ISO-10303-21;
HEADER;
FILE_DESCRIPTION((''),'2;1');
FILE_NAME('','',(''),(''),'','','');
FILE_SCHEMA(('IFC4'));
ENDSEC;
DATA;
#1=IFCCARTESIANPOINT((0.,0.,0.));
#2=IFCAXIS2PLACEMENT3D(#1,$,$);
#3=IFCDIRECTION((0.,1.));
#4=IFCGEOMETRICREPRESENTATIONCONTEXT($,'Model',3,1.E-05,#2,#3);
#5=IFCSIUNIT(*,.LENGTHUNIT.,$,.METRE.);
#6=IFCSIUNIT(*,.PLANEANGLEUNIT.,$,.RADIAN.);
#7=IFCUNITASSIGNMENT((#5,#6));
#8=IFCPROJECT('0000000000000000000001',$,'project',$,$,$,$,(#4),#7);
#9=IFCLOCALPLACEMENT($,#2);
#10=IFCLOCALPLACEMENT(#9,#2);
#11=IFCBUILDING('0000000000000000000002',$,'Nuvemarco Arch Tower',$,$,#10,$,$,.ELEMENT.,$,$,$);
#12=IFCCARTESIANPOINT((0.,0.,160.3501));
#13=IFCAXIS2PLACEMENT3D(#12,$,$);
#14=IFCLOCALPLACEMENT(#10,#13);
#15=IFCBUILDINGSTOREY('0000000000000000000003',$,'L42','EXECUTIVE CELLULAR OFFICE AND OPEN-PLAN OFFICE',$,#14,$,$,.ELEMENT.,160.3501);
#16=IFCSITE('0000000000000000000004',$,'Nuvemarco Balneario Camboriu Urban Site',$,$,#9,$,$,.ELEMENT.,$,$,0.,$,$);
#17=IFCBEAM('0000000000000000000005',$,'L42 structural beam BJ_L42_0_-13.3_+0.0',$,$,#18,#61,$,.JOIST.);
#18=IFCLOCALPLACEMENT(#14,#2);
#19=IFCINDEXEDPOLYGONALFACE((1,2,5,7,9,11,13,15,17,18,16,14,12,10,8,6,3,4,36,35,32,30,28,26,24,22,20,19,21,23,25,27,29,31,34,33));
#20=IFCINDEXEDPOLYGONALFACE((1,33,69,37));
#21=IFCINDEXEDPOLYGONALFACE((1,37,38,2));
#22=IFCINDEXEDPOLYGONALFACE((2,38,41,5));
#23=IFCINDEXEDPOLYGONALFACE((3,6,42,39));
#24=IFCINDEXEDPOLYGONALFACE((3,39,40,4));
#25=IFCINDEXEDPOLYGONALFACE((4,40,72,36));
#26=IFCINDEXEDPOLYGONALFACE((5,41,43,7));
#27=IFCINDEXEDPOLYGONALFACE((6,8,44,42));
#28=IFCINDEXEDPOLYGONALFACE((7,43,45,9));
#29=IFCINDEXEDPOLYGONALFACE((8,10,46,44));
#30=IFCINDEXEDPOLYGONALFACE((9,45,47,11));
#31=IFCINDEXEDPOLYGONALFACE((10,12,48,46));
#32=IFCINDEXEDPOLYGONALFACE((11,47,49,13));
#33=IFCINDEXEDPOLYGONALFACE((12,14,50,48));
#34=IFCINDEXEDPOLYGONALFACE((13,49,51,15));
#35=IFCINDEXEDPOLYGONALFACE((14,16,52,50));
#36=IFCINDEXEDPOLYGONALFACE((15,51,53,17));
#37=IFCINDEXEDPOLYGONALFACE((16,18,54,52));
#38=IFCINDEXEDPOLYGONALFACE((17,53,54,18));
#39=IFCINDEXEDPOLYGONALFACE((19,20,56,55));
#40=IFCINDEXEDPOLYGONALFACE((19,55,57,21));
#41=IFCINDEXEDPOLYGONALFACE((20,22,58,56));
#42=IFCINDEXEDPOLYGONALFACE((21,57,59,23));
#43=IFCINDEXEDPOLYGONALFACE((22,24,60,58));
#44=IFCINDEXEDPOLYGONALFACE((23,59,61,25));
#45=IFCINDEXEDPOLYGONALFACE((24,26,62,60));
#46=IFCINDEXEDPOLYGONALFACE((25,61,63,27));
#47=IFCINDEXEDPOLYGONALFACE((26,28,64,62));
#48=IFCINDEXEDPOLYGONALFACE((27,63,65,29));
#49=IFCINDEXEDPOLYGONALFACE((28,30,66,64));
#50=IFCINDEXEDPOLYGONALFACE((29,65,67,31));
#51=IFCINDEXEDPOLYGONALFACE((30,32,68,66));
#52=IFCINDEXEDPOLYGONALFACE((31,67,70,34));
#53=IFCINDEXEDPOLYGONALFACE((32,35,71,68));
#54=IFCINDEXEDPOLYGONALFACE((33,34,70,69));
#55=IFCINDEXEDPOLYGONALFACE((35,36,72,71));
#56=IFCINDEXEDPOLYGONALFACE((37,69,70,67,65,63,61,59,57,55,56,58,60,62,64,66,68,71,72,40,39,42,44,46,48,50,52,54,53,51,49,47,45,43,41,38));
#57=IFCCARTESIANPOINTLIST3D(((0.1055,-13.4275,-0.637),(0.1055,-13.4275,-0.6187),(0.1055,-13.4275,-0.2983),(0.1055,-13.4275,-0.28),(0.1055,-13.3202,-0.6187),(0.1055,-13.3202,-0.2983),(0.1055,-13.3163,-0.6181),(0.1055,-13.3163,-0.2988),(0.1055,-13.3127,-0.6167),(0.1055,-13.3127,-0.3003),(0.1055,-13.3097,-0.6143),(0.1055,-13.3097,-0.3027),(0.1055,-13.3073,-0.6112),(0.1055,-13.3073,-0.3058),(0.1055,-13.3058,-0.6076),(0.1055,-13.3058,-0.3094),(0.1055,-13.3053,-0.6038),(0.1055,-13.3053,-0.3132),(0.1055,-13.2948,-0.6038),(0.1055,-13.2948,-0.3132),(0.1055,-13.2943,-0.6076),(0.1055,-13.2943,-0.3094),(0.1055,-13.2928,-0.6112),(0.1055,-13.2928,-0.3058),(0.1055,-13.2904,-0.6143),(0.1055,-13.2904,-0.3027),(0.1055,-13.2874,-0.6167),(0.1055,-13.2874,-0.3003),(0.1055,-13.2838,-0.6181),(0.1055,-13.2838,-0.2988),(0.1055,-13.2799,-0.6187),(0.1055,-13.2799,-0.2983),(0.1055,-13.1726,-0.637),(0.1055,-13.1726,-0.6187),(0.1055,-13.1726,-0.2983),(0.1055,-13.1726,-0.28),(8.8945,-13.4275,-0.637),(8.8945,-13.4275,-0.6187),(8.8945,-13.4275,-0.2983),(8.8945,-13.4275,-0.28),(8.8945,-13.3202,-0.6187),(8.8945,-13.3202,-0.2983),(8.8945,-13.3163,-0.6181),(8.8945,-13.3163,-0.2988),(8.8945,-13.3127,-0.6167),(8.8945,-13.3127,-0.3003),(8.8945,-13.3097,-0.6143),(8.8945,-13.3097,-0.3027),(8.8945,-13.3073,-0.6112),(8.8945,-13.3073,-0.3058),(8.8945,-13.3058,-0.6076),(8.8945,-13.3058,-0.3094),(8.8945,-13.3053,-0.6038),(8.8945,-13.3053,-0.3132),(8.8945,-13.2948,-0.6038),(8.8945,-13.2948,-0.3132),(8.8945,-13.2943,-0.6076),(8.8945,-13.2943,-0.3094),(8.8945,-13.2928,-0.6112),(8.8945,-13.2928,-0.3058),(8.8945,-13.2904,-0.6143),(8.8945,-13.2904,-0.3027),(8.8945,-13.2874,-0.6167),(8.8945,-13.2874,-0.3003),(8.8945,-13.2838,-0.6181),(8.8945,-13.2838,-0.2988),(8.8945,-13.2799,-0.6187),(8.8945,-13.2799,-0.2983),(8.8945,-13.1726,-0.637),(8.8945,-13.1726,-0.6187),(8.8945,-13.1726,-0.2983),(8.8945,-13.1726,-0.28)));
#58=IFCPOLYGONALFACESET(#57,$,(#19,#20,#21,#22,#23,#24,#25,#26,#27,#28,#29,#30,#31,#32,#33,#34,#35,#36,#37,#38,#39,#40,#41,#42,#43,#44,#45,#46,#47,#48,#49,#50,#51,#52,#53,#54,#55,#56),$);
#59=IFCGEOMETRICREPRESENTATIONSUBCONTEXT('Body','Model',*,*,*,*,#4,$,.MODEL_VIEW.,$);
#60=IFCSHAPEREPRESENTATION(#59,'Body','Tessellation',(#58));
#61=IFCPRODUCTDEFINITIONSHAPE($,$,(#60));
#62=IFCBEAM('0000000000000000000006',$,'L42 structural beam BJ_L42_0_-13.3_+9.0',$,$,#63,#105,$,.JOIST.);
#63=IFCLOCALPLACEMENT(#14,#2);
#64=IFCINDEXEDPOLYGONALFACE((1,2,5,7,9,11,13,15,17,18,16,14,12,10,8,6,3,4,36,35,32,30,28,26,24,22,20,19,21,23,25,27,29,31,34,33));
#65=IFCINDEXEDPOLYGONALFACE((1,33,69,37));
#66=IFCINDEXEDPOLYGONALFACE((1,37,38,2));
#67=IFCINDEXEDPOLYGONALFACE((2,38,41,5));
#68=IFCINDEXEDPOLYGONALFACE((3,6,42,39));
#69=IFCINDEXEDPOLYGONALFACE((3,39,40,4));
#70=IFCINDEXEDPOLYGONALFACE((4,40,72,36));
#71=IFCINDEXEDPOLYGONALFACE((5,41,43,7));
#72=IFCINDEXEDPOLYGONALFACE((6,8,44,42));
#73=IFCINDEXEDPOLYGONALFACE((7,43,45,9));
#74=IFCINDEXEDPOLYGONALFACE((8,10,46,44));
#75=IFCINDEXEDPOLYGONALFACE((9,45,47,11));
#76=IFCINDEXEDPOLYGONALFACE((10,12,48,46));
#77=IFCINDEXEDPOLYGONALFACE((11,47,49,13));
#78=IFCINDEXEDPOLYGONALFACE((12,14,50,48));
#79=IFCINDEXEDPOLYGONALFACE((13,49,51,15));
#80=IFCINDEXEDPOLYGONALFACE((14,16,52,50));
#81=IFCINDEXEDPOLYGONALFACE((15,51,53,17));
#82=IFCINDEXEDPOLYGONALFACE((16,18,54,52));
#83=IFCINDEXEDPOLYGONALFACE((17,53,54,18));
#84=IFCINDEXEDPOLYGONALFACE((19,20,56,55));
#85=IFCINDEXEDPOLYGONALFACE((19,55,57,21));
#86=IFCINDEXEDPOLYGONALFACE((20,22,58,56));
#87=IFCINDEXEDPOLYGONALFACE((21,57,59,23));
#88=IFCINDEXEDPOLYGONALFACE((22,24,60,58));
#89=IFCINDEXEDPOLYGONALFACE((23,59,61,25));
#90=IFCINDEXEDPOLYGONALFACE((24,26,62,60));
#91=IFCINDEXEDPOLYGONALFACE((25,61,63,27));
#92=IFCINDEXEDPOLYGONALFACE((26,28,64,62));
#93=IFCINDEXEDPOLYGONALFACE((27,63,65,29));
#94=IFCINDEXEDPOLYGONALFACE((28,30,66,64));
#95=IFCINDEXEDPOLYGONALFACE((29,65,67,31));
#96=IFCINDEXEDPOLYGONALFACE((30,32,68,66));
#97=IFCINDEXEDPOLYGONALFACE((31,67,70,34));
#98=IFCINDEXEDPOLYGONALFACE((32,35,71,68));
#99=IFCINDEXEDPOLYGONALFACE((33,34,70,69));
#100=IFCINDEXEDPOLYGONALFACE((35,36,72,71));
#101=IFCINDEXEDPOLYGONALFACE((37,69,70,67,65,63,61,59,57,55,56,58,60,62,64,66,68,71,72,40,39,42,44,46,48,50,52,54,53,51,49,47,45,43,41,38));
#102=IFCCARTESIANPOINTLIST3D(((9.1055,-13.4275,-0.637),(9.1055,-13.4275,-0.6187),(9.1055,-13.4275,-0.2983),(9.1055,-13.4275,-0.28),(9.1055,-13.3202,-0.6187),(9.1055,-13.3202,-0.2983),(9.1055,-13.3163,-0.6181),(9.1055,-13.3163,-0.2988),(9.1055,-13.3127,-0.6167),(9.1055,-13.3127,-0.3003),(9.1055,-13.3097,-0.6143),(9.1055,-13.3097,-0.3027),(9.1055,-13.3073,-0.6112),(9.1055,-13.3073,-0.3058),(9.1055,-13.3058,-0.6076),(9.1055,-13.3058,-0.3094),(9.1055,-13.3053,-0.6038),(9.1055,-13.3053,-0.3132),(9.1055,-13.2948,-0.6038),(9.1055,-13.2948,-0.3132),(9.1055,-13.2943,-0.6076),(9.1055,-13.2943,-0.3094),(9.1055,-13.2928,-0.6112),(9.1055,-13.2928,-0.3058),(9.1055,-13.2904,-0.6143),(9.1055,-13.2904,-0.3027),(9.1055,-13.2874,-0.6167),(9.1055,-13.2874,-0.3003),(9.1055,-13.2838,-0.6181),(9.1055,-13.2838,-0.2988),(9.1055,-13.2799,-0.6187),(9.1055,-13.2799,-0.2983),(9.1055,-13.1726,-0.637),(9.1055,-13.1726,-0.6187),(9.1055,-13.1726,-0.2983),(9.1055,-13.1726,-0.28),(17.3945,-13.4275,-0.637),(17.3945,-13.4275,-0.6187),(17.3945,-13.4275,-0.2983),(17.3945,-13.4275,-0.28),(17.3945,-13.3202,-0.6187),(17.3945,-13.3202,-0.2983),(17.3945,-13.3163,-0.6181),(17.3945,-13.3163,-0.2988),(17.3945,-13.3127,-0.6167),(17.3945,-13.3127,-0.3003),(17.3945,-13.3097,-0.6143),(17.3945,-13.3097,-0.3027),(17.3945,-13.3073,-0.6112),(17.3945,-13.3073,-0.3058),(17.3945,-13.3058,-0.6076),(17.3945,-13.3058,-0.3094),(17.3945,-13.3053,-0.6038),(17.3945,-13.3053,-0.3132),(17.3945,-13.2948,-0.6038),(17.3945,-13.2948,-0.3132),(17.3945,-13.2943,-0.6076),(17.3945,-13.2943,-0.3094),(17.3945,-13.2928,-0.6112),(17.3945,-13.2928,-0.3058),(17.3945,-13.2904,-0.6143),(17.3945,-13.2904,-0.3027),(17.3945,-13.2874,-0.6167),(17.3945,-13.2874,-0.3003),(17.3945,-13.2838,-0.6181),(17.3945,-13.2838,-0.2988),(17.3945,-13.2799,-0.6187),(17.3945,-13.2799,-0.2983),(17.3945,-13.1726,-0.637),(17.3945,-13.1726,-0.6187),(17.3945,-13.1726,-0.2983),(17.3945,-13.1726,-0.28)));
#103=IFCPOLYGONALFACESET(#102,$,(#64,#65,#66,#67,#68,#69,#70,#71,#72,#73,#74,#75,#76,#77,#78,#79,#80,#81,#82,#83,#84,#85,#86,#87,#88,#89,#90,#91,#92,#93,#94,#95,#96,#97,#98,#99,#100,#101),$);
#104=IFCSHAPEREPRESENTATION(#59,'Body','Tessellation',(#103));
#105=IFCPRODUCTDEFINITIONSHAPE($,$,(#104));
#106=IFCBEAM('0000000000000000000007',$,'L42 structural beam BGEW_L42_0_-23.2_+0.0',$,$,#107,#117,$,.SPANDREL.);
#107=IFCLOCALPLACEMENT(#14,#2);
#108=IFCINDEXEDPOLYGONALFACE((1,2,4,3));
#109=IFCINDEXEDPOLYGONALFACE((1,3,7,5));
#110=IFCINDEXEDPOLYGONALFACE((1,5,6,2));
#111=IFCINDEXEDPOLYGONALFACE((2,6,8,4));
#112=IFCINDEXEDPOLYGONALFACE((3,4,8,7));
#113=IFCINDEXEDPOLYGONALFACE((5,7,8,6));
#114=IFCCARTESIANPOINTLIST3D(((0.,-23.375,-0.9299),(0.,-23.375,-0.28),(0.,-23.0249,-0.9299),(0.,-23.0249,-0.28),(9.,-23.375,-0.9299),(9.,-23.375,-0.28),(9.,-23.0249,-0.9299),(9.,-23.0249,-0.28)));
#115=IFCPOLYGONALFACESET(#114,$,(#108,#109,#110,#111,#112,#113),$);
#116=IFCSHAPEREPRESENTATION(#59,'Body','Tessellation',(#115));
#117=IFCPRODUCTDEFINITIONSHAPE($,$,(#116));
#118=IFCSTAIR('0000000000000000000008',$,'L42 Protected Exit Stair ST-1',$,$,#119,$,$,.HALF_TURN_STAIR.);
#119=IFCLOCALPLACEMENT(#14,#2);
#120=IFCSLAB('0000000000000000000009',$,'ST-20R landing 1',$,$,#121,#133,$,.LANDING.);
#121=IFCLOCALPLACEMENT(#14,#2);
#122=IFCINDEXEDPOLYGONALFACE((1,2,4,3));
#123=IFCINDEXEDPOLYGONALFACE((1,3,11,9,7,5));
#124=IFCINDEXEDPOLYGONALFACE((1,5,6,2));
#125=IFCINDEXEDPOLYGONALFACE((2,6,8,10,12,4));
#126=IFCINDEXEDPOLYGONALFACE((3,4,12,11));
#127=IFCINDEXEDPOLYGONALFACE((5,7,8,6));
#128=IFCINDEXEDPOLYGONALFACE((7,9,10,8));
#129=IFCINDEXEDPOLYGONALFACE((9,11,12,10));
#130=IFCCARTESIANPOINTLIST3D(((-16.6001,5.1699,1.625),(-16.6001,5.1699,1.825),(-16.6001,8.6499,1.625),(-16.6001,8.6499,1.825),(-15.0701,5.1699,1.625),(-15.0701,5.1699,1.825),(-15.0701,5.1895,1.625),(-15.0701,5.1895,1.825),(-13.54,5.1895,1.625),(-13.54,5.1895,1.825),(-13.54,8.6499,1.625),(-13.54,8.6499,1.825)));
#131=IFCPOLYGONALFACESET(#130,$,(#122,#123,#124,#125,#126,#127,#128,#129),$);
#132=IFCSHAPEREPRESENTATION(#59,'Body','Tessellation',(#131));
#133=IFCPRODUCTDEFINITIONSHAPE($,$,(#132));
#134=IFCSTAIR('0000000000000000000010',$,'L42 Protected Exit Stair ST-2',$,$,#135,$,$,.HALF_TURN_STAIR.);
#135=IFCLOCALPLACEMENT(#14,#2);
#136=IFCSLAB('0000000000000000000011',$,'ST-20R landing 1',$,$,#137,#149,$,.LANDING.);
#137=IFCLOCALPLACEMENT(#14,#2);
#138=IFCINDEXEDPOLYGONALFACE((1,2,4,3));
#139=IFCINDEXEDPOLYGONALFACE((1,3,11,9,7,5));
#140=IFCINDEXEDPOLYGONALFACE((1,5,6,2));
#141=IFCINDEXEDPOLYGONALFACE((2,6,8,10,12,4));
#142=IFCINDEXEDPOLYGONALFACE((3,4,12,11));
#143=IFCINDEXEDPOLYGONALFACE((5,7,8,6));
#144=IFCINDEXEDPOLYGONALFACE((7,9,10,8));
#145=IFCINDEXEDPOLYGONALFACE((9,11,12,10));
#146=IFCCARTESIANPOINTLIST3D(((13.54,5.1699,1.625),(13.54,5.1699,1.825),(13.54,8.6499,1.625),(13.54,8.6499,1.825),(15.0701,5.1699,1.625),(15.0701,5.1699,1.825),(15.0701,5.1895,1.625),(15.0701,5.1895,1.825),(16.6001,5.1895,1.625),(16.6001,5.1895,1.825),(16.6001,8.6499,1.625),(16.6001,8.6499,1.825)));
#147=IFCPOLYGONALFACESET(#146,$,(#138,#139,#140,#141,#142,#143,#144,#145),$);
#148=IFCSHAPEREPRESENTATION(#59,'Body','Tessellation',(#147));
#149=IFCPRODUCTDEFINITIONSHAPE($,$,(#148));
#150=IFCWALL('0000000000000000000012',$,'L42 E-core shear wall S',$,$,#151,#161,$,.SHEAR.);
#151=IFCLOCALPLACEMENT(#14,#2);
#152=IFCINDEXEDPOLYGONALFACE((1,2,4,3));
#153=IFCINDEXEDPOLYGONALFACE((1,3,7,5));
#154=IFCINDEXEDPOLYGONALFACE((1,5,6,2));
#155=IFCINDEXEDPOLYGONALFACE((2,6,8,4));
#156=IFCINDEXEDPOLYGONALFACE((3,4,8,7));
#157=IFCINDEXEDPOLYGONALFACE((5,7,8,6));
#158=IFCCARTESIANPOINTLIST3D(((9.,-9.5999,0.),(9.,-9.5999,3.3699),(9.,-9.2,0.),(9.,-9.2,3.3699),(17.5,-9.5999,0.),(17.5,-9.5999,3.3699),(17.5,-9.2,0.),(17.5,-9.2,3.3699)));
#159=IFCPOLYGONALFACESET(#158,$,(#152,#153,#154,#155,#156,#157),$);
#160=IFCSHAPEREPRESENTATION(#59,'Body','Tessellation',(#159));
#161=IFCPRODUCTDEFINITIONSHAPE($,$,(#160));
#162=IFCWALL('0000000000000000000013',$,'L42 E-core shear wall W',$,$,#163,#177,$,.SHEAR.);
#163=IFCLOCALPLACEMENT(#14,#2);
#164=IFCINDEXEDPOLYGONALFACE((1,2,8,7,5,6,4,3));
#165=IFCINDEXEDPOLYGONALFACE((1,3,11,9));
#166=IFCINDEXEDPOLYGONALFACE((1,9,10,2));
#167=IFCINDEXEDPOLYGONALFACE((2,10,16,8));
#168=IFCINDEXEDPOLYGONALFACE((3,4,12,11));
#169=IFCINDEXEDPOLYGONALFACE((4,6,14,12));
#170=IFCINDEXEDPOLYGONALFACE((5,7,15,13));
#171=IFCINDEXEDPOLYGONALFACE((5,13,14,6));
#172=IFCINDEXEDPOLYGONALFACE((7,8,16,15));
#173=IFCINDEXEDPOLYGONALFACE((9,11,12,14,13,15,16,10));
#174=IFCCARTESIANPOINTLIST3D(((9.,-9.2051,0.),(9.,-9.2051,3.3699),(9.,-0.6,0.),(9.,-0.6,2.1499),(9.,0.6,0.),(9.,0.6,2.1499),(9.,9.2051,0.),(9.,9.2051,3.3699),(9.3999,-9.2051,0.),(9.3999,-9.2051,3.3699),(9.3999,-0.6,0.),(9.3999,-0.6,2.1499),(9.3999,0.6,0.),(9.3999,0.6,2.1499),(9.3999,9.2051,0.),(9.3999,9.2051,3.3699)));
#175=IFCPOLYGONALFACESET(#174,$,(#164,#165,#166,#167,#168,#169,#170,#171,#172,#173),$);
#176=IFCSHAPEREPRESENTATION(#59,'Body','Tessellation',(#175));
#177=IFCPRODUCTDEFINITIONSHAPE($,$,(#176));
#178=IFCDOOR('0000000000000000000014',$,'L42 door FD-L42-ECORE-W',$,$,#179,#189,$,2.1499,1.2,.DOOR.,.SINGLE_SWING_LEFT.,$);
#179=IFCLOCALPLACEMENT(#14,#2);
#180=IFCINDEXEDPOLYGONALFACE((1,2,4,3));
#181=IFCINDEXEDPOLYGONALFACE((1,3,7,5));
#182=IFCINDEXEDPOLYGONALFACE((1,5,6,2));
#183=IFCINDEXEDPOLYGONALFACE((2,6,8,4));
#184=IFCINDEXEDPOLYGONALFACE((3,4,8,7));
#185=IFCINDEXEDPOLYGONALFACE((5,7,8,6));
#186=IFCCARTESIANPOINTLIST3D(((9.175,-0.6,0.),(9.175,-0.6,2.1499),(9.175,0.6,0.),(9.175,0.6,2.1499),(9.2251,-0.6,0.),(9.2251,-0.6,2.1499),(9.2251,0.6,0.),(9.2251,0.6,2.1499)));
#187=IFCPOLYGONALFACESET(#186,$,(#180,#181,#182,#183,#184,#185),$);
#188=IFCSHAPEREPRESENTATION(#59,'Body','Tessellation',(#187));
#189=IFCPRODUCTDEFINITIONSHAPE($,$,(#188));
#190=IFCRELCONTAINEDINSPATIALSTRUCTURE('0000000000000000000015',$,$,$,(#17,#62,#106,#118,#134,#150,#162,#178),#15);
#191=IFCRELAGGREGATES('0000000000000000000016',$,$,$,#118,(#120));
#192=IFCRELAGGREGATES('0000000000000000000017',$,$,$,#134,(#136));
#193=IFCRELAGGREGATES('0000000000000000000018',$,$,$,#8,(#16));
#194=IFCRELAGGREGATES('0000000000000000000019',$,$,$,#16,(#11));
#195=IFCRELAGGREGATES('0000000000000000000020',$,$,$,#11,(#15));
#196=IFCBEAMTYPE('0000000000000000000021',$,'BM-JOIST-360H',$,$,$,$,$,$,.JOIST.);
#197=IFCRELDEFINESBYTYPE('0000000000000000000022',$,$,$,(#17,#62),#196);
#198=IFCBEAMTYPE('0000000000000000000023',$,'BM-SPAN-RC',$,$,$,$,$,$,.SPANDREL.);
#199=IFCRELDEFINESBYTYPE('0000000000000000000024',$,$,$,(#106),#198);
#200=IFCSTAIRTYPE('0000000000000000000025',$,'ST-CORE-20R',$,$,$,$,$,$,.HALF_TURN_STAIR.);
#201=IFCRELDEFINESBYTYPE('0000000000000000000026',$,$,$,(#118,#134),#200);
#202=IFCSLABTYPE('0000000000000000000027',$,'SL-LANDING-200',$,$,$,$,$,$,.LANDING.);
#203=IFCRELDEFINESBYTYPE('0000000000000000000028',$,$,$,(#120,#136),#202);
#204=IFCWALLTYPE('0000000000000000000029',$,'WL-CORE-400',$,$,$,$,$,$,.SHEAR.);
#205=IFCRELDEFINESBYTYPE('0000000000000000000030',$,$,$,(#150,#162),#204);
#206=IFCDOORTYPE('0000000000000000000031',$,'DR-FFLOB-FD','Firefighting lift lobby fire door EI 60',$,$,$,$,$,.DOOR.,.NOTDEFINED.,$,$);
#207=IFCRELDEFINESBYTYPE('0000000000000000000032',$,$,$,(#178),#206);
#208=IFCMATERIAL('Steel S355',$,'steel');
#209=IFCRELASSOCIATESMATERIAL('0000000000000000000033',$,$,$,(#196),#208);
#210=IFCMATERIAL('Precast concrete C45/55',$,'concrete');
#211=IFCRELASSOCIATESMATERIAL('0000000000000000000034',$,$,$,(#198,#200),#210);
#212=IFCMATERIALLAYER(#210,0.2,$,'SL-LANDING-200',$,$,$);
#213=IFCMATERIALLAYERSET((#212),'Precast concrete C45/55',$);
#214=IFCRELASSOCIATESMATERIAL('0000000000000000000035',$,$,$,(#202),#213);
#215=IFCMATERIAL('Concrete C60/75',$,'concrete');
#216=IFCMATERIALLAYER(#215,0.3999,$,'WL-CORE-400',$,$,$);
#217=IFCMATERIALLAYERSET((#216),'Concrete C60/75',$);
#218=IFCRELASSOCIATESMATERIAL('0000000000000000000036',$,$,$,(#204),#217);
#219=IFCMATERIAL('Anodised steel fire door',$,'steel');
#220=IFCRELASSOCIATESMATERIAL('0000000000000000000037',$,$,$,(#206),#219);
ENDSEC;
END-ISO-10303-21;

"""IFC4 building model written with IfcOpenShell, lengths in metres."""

from ifc_helpers import new_model, si_unit, direction, frame, frame_2d, origin, origin_2d, place, context, subcontext, project, spatial, polyline, rectangle, i_section, outline, extrude, source, transform, mapped, material, layer, layer_set, material_profile, profile_set, type_object, type_shapes, element, fill, aggregate, save


model = new_model("IFC4")

# Units and contexts
model_context = context("Model", 3, precision=1e-05, world=origin(), true_north=direction((0.0, 1.0)))
body_context = subcontext(model_context, "Body", "Model", "MODEL_VIEW")
ifc_project = project(units=[si_unit("LENGTHUNIT", "METRE"), si_unit("PLANEANGLEUNIT", "RADIAN")], contexts=[model_context])

# Site, building, storey
site_placement = place(None, origin())
site = spatial("IfcSite", under=ifc_project, at=site_placement, Name="Nuvemarco Balneario Camboriu Urban Site", CompositionType="ELEMENT", RefElevation=0.0)
building_placement = place(site_placement, origin())
building = spatial("IfcBuilding", under=site, at=building_placement, Name="Nuvemarco Arch Tower", CompositionType="ELEMENT")
storey_placement = place(building_placement, frame((0.0, 0.0, 160.3501)))
storey = spatial("IfcBuildingStorey", under=building, at=storey_placement, Name="L42", Description="EXECUTIVE CELLULAR OFFICE AND OPEN-PLAN OFFICE", CompositionType="ELEMENT", Elevation=160.3501)

# Shared definitions
ifc_material_1 = material(Name="Steel S355", Category="steel")

# Beams
ifc_material_2 = material(Name="Concrete C60/75", Category="concrete")
ifc_material_profile_1 = material_profile(ifc_material_1, i_section(OverallWidth=0.2549, OverallDepth=0.3569, WebThickness=0.0105, FlangeThickness=0.0183, FilletRadius=0.0149, at=origin_2d()), Name="W360x101")
ifc_profile_set_1 = profile_set([ifc_material_profile_1], Name="Steel S355")
beam_type_1 = type_object("IfcBeamType", Name="BM-JOIST-360H", PredefinedType="JOIST", material=ifc_profile_set_1)
beam_1_placement = place(storey_placement, frame((0.1055, -13.3, -0.4585), z_axis=(1.0, 0.0, 0.0), x_axis=(0.0, 1.0, 0.0)))
element("IfcBeam", 1, at=beam_1_placement, inside=storey, type_object=beam_type_1, Name="L42 structural beam BJ_L42_0_-13.3_+0.0", PredefinedType="JOIST", context=body_context, shape_type="SweptSolid", body=[
    extrude(i_section(OverallWidth=0.2549, OverallDepth=0.3569, WebThickness=0.0105, FlangeThickness=0.0183, FilletRadius=0.0149, at=origin_2d()), origin(), (0.0, 0.0, 1.0), 8.7891),
])
beam_2_placement = place(storey_placement, frame((9.1055, -13.3, -0.4585), z_axis=(1.0, 0.0, 0.0), x_axis=(0.0, 1.0, 0.0)))
element("IfcBeam", 2, at=beam_2_placement, inside=storey, type_object=beam_type_1, Name="L42 structural beam BJ_L42_0_-13.3_+9.0", PredefinedType="JOIST", context=body_context, shape_type="SweptSolid", body=[
    extrude(i_section(OverallWidth=0.2549, OverallDepth=0.3569, WebThickness=0.0105, FlangeThickness=0.0183, FilletRadius=0.0149, at=origin_2d()), origin(), (0.0, 0.0, 1.0), 8.2891),
])
ifc_material_3 = material(Name="Precast concrete C45/55", Category="concrete")
ifc_material_profile_2 = material_profile(ifc_material_3, rectangle(XDim=0.3501, YDim=0.6499, at=origin_2d()), Name="PC-SP-350x650")
ifc_profile_set_2 = profile_set([ifc_material_profile_2], Name="Precast concrete C45/55")
beam_type_2 = type_object("IfcBeamType", Name="BM-SPAN-RC", PredefinedType="SPANDREL", material=ifc_profile_set_2)
beam_3_placement = place(storey_placement, frame((0.0, -23.2, -0.605), z_axis=(1.0, 0.0, 0.0), x_axis=(0.0, 1.0, 0.0)))
element("IfcBeam", 3, at=beam_3_placement, inside=storey, type_object=beam_type_2, Name="L42 structural beam BGEW_L42_0_-23.2_+0.0", PredefinedType="SPANDREL", context=body_context, shape_type="SweptSolid", body=[
    extrude(rectangle(XDim=0.3501, YDim=0.6499, at=origin_2d()), origin(), (0.0, 0.0, 1.0), 9.0),
])

# Stairs, slabs
stair_type = type_object("IfcStairType", Name="ST-CORE-20R", PredefinedType="HALF_TURN_STAIR", material=ifc_material_3)
stair_1_placement = place(storey_placement, origin())
stair_1 = element("IfcStair", 4, at=stair_1_placement, inside=storey, type_object=stair_type, Name="L42 Protected Exit Stair ST-1", PredefinedType="HALF_TURN_STAIR")
ifc_layer_1 = layer(ifc_material_3, 0.2, Name="SL-LANDING-200")
ifc_layer_set_1 = layer_set([ifc_layer_1], Name="Precast concrete C45/55")
slab_type = type_object("IfcSlabType", Name="SL-LANDING-200", PredefinedType="LANDING", material=ifc_layer_set_1)
slab_1_placement = place(storey_placement, frame((0.0, 0.0, 1.625)))
slab_1 = element("IfcSlab", 5, at=slab_1_placement, type_object=slab_type, Name="ST-20R landing 1", PredefinedType="LANDING", context=body_context, shape_type="SweptSolid", body=[
    extrude(outline(polyline([(-13.54, 5.1895), (-13.54, 8.6499), (-16.6001, 8.6499), (-16.6001, 5.1699), (-15.0701, 5.1699), (-15.0701, 5.1895), (-13.54, 5.1895)])), origin(), (0.0, 0.0, 1.0), 0.2),
])
aggregate(stair_1, [slab_1])
stair_2_placement = place(storey_placement, origin())
stair_2 = element("IfcStair", 6, at=stair_2_placement, inside=storey, type_object=stair_type, Name="L42 Protected Exit Stair ST-2", PredefinedType="HALF_TURN_STAIR")
slab_2_placement = place(storey_placement, frame((0.0, 0.0, 1.625)))
slab_2 = element("IfcSlab", 7, at=slab_2_placement, type_object=slab_type, Name="ST-20R landing 1", PredefinedType="LANDING", context=body_context, shape_type="SweptSolid", body=[
    extrude(outline(polyline([(16.6001, 5.1895), (16.6001, 8.6499), (13.54, 8.6499), (13.54, 5.1699), (15.0701, 5.1699), (15.0701, 5.1895), (16.6001, 5.1895)])), origin(), (0.0, 0.0, 1.0), 0.2),
])
aggregate(stair_2, [slab_2])

# Wall
ifc_layer_2 = layer(ifc_material_2, 0.3999, Name="WL-CORE-400")
ifc_layer_set_2 = layer_set([ifc_layer_2], Name="Concrete C60/75")
wall_type_1 = type_object("IfcWallType", Name="WL-CORE-400", PredefinedType="SHEAR", material=ifc_layer_set_2)
wall_1_placement = place(storey_placement, frame((9.0, -9.3999, 0.0), z_axis=(0.0, 0.0, 1.0), x_axis=(1.0, 0.0, 0.0)))
element("IfcWall", 8, at=wall_1_placement, inside=storey, type_object=wall_type_1, Name="L42 E-core shear wall S", PredefinedType="SHEAR", context=body_context, shape_type="SweptSolid", body=[
    extrude(rectangle(XDim=8.5, YDim=0.3999, at=frame_2d((4.25, 0.0))), origin(), (0.0, 0.0, 1.0), 3.3699),
])

# Wall, opening, door
wall_2_placement = place(storey_placement, frame((9.2, -9.2051, 0.0), z_axis=(0.0, 0.0, 1.0), x_axis=(0.0, 1.0, 0.0)))
wall_2 = element("IfcWall", 9, at=wall_2_placement, inside=storey, type_object=wall_type_1, Name="L42 E-core shear wall W", PredefinedType="SHEAR", context=body_context, shape_type="SweptSolid", body=[
    extrude(rectangle(XDim=18.4102, YDim=0.3999, at=frame_2d((9.2051, 0.0))), origin(), (0.0, 0.0, 1.0), 3.3699),
])
opening_placement = place(wall_2_placement, frame((8.605, 0.0, 0.0)))
opening = element("IfcOpeningElement", 10, at=opening_placement, cuts=wall_2, PredefinedType="OPENING", context=body_context, shape_type="SweptSolid", body=[
    extrude(rectangle(XDim=1.2, YDim=2.1499, at=frame_2d((0.6001, 1.075))), frame((0.0, 0.21, 0.0), z_axis=(0.0, -1.0, 0.0), x_axis=(1.0, 0.0, 0.0)), (0.0, 0.0, 1.0), 0.4199),
])
ifc_material_4 = material(Name="Anodised steel fire door", Category="steel")
door_type = type_object("IfcDoorType", Name="DR-FFLOB-FD", Description="Firefighting lift lobby fire door EI 60", OperationType="NOTDEFINED", PredefinedType="DOOR", material=ifc_material_4)
shared_shape_1 = source(origin(), body_context, "Body", "SweptSolid", [
    extrude(rectangle(XDim=1.2, YDim=2.1499, at=frame_2d((0.6001, 1.075))), frame((0.0, 0.0249, 0.0), z_axis=(0.0, -1.0, 0.0), x_axis=(1.0, 0.0, 0.0)), (0.0, 0.0, 1.0), 0.05),
])
type_shapes(door_type, [shared_shape_1])
door_placement = place(opening_placement, origin())
door = element("IfcDoor", 11, at=door_placement, inside=storey, type_object=door_type, Name="L42 door FD-L42-ECORE-W", OperationType="SINGLE_SWING_LEFT", OverallHeight=2.1499, OverallWidth=1.2, PredefinedType="DOOR", context=body_context, shape_type="MappedRepresentation", body=[
    mapped(shared_shape_1, transform((0.0, 0.0, 0.0), scale=1.0)),
])
fill(opening, door)

save(model, "model.ifc")
